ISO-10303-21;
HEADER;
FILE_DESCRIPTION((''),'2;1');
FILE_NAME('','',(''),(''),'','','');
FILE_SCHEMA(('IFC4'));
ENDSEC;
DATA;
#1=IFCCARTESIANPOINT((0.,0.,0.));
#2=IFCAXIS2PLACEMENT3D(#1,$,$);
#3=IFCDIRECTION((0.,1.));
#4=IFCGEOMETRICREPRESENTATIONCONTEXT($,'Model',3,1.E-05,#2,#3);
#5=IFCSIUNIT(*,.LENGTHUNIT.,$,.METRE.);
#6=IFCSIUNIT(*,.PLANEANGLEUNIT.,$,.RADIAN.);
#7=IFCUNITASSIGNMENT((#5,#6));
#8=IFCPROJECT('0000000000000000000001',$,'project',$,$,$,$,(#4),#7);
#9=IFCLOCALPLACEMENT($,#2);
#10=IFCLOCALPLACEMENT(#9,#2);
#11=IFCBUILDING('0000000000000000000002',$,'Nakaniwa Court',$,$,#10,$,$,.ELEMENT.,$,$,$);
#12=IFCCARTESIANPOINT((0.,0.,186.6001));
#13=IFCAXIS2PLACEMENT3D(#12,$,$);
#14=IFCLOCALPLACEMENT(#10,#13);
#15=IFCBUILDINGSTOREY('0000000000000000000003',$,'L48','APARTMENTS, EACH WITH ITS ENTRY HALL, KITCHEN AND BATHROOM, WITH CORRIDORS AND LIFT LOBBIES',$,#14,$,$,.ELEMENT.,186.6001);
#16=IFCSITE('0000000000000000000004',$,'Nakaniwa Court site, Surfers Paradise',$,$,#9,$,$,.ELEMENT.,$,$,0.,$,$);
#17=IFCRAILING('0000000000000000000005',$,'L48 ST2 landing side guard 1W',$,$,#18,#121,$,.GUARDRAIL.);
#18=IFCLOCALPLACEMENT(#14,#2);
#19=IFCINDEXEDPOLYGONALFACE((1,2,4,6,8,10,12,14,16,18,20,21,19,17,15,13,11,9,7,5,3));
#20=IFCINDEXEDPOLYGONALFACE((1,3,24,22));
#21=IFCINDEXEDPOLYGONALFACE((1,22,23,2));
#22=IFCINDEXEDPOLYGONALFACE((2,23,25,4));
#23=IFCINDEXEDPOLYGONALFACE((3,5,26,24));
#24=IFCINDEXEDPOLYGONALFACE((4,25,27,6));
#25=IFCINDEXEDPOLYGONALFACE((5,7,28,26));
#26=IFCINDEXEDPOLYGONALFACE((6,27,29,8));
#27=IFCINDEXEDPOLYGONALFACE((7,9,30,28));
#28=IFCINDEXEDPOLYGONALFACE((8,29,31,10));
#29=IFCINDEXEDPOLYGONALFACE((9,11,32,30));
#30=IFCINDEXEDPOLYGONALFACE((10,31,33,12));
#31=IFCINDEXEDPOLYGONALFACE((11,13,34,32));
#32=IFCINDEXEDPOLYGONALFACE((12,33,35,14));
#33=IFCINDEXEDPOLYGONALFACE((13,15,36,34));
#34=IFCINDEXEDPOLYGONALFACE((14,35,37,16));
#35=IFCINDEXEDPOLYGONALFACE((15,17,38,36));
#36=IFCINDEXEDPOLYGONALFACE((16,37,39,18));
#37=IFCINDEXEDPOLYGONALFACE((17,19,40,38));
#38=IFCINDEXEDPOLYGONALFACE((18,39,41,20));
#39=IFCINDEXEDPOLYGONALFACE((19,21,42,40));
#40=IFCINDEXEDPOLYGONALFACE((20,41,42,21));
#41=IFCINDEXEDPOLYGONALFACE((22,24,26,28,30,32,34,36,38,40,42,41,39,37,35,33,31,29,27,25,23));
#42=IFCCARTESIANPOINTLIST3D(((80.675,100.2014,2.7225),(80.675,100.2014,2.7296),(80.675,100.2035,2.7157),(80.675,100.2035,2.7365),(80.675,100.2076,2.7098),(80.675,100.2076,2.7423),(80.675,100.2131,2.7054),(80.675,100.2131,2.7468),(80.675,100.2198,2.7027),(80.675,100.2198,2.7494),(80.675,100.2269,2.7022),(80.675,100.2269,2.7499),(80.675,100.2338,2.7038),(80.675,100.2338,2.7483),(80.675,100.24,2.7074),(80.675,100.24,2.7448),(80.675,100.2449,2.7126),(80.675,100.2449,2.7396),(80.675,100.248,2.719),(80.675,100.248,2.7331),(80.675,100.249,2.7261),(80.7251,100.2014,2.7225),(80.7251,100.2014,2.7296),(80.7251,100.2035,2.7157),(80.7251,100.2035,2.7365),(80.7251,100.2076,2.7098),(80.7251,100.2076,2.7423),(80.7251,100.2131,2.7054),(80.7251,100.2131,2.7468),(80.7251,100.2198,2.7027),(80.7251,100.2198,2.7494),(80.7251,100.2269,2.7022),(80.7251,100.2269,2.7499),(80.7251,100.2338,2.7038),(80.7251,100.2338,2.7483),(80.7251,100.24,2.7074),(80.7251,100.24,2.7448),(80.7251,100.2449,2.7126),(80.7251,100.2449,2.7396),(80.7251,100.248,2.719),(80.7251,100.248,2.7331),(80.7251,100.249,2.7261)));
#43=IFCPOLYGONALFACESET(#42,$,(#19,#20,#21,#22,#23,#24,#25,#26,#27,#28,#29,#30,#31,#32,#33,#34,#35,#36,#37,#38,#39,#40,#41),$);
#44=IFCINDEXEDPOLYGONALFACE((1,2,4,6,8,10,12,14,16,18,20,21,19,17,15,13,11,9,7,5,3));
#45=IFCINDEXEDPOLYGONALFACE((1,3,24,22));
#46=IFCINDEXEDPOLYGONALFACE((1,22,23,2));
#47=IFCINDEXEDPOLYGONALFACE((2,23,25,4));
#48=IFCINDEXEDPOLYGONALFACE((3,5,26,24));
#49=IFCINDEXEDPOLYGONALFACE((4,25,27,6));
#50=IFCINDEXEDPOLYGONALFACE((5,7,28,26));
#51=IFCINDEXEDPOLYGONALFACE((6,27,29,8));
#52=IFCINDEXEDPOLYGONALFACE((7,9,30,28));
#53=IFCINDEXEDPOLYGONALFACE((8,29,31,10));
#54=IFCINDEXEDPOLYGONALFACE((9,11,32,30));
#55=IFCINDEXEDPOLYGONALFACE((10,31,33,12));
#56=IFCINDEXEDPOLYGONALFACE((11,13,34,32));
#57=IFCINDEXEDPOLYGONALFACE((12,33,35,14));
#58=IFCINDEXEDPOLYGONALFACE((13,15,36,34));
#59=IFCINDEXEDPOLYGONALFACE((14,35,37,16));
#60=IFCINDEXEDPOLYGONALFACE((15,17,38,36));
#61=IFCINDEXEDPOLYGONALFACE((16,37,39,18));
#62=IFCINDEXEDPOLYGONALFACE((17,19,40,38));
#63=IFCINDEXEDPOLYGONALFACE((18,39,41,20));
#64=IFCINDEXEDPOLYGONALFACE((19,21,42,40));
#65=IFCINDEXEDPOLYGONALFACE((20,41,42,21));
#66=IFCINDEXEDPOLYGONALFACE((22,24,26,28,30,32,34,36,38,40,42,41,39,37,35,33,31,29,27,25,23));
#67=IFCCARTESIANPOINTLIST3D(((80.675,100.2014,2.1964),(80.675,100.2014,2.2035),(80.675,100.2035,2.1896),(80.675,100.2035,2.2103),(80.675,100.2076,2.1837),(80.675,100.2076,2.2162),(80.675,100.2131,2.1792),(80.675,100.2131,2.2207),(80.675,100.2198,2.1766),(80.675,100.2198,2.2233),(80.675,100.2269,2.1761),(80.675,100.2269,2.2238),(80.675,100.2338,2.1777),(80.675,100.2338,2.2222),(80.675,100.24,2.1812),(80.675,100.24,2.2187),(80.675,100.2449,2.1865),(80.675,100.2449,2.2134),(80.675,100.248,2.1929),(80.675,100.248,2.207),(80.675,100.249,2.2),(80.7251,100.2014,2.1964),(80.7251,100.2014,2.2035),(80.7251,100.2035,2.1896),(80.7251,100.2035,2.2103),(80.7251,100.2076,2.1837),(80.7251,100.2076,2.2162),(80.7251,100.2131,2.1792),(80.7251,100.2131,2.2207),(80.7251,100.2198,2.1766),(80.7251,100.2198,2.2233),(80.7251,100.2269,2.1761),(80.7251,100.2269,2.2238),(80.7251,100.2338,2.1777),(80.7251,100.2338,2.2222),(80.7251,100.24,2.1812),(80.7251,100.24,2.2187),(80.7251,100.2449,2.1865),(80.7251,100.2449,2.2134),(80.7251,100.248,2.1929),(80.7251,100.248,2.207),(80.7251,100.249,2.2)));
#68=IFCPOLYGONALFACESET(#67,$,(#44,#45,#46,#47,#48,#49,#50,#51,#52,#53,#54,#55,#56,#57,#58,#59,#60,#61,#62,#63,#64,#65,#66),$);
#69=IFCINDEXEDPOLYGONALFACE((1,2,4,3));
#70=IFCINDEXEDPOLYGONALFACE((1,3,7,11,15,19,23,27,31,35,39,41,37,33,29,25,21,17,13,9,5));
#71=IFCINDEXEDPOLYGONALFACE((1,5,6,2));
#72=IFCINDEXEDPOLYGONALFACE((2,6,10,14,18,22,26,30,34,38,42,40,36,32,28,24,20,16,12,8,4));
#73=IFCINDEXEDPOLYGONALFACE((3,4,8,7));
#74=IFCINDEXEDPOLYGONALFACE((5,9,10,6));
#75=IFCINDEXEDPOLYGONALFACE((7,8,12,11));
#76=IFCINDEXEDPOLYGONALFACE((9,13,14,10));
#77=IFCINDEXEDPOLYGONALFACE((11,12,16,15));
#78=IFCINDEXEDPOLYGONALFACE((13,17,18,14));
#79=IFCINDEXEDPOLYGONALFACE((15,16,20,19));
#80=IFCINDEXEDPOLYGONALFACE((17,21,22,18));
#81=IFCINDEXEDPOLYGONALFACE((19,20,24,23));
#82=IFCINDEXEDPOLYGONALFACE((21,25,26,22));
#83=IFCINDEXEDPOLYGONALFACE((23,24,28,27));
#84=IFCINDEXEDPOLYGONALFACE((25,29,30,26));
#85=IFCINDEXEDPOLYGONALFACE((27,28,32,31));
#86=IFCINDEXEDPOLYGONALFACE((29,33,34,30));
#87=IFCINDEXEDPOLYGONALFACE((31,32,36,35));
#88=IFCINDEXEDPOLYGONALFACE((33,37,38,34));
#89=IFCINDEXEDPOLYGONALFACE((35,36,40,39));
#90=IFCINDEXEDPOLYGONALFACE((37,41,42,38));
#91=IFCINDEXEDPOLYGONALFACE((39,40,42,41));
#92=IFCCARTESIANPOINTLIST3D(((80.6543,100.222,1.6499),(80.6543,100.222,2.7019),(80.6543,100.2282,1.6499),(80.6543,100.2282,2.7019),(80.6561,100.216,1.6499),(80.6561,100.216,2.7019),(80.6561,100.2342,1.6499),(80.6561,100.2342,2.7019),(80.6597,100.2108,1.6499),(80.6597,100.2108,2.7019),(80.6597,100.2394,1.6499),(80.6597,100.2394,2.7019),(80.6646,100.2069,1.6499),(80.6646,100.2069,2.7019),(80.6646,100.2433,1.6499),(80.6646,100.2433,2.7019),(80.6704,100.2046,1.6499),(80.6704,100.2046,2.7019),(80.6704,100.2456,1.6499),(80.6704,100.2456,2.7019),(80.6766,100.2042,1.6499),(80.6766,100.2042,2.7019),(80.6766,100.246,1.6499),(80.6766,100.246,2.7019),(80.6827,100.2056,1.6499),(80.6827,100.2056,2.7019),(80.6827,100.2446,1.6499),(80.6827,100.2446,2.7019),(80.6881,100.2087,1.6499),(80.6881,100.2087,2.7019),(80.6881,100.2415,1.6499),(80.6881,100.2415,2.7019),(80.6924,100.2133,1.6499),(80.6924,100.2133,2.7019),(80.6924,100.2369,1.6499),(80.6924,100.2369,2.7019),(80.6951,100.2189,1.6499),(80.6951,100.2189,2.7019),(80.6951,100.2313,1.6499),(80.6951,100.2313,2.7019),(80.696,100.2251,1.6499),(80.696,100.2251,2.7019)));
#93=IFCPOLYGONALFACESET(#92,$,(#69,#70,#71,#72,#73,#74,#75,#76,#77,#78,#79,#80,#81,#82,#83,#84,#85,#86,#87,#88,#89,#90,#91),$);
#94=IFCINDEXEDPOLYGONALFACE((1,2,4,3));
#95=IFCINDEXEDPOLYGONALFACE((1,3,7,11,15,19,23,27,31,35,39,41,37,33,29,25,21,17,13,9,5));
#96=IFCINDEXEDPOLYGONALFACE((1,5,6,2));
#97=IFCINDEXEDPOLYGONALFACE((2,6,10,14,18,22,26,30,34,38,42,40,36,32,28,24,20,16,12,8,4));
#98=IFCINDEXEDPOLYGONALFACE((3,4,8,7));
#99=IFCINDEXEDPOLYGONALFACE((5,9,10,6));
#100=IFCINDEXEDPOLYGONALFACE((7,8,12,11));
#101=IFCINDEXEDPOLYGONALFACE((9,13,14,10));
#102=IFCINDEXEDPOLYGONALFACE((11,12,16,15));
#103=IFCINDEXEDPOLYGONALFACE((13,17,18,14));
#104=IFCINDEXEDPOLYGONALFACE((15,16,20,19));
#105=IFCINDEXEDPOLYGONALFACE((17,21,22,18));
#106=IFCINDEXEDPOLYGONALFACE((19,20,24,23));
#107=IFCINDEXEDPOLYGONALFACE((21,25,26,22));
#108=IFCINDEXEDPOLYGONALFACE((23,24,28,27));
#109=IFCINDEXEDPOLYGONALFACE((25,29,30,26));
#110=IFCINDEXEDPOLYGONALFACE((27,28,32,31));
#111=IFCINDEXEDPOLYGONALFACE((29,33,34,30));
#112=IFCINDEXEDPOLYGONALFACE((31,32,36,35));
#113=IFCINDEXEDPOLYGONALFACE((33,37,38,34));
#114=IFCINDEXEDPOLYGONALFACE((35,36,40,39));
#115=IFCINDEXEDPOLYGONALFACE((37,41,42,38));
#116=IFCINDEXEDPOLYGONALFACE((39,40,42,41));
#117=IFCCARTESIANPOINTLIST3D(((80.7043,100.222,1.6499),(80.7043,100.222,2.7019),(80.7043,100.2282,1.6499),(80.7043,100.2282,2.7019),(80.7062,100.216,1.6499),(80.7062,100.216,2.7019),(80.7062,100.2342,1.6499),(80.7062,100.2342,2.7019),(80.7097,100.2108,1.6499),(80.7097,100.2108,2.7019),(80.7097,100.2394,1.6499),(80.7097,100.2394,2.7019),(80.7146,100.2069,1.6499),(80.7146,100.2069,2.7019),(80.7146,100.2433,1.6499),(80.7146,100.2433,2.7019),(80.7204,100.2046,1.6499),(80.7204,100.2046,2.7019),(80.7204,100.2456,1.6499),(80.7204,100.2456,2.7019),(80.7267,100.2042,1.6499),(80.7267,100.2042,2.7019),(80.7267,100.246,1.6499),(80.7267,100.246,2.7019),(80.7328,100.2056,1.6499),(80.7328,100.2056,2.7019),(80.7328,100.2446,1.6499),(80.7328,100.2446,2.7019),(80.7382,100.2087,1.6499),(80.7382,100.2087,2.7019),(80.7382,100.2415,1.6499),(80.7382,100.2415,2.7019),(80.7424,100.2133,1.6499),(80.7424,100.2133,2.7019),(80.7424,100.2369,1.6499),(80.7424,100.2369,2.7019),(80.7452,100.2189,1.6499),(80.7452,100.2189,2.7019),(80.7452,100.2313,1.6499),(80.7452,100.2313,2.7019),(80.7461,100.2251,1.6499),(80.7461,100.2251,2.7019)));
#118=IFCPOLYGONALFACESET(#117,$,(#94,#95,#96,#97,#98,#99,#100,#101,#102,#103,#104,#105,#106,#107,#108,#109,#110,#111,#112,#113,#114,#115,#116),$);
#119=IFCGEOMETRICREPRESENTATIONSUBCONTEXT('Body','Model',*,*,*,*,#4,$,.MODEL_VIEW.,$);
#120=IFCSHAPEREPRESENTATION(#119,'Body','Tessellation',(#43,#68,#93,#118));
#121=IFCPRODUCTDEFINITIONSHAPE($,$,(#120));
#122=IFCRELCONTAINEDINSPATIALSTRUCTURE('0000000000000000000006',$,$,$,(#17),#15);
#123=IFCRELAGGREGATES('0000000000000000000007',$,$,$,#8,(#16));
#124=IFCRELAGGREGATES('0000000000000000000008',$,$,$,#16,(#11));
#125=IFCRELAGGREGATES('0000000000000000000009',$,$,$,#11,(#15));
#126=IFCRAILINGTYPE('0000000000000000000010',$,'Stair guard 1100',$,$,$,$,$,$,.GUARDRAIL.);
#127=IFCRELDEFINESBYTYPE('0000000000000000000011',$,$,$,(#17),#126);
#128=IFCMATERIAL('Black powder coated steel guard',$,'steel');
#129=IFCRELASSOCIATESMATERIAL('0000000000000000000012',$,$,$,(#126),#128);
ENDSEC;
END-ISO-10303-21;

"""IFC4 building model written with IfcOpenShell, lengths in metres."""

from ifc_helpers import new_model, si_unit, direction, frame, origin, origin_2d, place, context, subcontext, project, spatial, circle, extrude, material, type_object, element, save


model = new_model("IFC4")

# Units and contexts
model_context = context("Model", 3, precision=1e-05, world=origin(), true_north=direction((0.0, 1.0)))
body_context = subcontext(model_context, "Body", "Model", "MODEL_VIEW")
ifc_project = project(units=[si_unit("LENGTHUNIT", "METRE"), si_unit("PLANEANGLEUNIT", "RADIAN")], contexts=[model_context])

# Site, building, storey
site_placement = place(None, origin())
site = spatial("IfcSite", under=ifc_project, at=site_placement, Name="Nakaniwa Court site, Surfers Paradise", CompositionType="ELEMENT", RefElevation=0.0)
building_placement = place(site_placement, origin())
building = spatial("IfcBuilding", under=site, at=building_placement, Name="Nakaniwa Court", CompositionType="ELEMENT")
storey_placement = place(building_placement, frame((0.0, 0.0, 186.6001)))
storey = spatial("IfcBuildingStorey", under=building, at=storey_placement, Name="L48", Description="APARTMENTS, EACH WITH ITS ENTRY HALL, KITCHEN AND BATHROOM, WITH CORRIDORS AND LIFT LOBBIES", CompositionType="ELEMENT", Elevation=186.6001)

# Railing
ifc_material_1 = material(Name="Black powder coated steel guard", Category="steel")
railing_type_1 = type_object("IfcRailingType", Name="Stair guard 1100", PredefinedType="GUARDRAIL", material=ifc_material_1)
for number, where, name in (
    (1, (80.675, 100.2251, 1.6499), "L48 ST2 landing side guard 1W"),
):
    element("IfcRailing", number, at=place(storey_placement, frame(where)), inside=storey, type_object=railing_type_1, Name=name, PredefinedType="GUARDRAIL", context=body_context, shape_type="SweptSolid", body=[
        extrude(circle(Radius=0.0239, at=origin_2d()), frame((0.0, 0.0, 1.0762), z_axis=(1.0, 0.0, 0.0), x_axis=(0.0, 1.0, 0.0)), (0.0, 0.0, 1.0), 0.05),
        extrude(circle(Radius=0.0239, at=origin_2d()), frame((0.0, 0.0, 0.55), z_axis=(1.0, 0.0, 0.0), x_axis=(0.0, 1.0, 0.0)), (0.0, 0.0, 1.0), 0.05),
        extrude(circle(Radius=0.021, at=origin_2d()), origin(), (0.0, 0.0, 1.0), 1.052),
        extrude(circle(Radius=0.021, at=origin_2d()), frame((0.05, 0.0, 0.0)), (0.0, 0.0, 1.0), 1.052),
    ])

save(model, "model.ifc")
